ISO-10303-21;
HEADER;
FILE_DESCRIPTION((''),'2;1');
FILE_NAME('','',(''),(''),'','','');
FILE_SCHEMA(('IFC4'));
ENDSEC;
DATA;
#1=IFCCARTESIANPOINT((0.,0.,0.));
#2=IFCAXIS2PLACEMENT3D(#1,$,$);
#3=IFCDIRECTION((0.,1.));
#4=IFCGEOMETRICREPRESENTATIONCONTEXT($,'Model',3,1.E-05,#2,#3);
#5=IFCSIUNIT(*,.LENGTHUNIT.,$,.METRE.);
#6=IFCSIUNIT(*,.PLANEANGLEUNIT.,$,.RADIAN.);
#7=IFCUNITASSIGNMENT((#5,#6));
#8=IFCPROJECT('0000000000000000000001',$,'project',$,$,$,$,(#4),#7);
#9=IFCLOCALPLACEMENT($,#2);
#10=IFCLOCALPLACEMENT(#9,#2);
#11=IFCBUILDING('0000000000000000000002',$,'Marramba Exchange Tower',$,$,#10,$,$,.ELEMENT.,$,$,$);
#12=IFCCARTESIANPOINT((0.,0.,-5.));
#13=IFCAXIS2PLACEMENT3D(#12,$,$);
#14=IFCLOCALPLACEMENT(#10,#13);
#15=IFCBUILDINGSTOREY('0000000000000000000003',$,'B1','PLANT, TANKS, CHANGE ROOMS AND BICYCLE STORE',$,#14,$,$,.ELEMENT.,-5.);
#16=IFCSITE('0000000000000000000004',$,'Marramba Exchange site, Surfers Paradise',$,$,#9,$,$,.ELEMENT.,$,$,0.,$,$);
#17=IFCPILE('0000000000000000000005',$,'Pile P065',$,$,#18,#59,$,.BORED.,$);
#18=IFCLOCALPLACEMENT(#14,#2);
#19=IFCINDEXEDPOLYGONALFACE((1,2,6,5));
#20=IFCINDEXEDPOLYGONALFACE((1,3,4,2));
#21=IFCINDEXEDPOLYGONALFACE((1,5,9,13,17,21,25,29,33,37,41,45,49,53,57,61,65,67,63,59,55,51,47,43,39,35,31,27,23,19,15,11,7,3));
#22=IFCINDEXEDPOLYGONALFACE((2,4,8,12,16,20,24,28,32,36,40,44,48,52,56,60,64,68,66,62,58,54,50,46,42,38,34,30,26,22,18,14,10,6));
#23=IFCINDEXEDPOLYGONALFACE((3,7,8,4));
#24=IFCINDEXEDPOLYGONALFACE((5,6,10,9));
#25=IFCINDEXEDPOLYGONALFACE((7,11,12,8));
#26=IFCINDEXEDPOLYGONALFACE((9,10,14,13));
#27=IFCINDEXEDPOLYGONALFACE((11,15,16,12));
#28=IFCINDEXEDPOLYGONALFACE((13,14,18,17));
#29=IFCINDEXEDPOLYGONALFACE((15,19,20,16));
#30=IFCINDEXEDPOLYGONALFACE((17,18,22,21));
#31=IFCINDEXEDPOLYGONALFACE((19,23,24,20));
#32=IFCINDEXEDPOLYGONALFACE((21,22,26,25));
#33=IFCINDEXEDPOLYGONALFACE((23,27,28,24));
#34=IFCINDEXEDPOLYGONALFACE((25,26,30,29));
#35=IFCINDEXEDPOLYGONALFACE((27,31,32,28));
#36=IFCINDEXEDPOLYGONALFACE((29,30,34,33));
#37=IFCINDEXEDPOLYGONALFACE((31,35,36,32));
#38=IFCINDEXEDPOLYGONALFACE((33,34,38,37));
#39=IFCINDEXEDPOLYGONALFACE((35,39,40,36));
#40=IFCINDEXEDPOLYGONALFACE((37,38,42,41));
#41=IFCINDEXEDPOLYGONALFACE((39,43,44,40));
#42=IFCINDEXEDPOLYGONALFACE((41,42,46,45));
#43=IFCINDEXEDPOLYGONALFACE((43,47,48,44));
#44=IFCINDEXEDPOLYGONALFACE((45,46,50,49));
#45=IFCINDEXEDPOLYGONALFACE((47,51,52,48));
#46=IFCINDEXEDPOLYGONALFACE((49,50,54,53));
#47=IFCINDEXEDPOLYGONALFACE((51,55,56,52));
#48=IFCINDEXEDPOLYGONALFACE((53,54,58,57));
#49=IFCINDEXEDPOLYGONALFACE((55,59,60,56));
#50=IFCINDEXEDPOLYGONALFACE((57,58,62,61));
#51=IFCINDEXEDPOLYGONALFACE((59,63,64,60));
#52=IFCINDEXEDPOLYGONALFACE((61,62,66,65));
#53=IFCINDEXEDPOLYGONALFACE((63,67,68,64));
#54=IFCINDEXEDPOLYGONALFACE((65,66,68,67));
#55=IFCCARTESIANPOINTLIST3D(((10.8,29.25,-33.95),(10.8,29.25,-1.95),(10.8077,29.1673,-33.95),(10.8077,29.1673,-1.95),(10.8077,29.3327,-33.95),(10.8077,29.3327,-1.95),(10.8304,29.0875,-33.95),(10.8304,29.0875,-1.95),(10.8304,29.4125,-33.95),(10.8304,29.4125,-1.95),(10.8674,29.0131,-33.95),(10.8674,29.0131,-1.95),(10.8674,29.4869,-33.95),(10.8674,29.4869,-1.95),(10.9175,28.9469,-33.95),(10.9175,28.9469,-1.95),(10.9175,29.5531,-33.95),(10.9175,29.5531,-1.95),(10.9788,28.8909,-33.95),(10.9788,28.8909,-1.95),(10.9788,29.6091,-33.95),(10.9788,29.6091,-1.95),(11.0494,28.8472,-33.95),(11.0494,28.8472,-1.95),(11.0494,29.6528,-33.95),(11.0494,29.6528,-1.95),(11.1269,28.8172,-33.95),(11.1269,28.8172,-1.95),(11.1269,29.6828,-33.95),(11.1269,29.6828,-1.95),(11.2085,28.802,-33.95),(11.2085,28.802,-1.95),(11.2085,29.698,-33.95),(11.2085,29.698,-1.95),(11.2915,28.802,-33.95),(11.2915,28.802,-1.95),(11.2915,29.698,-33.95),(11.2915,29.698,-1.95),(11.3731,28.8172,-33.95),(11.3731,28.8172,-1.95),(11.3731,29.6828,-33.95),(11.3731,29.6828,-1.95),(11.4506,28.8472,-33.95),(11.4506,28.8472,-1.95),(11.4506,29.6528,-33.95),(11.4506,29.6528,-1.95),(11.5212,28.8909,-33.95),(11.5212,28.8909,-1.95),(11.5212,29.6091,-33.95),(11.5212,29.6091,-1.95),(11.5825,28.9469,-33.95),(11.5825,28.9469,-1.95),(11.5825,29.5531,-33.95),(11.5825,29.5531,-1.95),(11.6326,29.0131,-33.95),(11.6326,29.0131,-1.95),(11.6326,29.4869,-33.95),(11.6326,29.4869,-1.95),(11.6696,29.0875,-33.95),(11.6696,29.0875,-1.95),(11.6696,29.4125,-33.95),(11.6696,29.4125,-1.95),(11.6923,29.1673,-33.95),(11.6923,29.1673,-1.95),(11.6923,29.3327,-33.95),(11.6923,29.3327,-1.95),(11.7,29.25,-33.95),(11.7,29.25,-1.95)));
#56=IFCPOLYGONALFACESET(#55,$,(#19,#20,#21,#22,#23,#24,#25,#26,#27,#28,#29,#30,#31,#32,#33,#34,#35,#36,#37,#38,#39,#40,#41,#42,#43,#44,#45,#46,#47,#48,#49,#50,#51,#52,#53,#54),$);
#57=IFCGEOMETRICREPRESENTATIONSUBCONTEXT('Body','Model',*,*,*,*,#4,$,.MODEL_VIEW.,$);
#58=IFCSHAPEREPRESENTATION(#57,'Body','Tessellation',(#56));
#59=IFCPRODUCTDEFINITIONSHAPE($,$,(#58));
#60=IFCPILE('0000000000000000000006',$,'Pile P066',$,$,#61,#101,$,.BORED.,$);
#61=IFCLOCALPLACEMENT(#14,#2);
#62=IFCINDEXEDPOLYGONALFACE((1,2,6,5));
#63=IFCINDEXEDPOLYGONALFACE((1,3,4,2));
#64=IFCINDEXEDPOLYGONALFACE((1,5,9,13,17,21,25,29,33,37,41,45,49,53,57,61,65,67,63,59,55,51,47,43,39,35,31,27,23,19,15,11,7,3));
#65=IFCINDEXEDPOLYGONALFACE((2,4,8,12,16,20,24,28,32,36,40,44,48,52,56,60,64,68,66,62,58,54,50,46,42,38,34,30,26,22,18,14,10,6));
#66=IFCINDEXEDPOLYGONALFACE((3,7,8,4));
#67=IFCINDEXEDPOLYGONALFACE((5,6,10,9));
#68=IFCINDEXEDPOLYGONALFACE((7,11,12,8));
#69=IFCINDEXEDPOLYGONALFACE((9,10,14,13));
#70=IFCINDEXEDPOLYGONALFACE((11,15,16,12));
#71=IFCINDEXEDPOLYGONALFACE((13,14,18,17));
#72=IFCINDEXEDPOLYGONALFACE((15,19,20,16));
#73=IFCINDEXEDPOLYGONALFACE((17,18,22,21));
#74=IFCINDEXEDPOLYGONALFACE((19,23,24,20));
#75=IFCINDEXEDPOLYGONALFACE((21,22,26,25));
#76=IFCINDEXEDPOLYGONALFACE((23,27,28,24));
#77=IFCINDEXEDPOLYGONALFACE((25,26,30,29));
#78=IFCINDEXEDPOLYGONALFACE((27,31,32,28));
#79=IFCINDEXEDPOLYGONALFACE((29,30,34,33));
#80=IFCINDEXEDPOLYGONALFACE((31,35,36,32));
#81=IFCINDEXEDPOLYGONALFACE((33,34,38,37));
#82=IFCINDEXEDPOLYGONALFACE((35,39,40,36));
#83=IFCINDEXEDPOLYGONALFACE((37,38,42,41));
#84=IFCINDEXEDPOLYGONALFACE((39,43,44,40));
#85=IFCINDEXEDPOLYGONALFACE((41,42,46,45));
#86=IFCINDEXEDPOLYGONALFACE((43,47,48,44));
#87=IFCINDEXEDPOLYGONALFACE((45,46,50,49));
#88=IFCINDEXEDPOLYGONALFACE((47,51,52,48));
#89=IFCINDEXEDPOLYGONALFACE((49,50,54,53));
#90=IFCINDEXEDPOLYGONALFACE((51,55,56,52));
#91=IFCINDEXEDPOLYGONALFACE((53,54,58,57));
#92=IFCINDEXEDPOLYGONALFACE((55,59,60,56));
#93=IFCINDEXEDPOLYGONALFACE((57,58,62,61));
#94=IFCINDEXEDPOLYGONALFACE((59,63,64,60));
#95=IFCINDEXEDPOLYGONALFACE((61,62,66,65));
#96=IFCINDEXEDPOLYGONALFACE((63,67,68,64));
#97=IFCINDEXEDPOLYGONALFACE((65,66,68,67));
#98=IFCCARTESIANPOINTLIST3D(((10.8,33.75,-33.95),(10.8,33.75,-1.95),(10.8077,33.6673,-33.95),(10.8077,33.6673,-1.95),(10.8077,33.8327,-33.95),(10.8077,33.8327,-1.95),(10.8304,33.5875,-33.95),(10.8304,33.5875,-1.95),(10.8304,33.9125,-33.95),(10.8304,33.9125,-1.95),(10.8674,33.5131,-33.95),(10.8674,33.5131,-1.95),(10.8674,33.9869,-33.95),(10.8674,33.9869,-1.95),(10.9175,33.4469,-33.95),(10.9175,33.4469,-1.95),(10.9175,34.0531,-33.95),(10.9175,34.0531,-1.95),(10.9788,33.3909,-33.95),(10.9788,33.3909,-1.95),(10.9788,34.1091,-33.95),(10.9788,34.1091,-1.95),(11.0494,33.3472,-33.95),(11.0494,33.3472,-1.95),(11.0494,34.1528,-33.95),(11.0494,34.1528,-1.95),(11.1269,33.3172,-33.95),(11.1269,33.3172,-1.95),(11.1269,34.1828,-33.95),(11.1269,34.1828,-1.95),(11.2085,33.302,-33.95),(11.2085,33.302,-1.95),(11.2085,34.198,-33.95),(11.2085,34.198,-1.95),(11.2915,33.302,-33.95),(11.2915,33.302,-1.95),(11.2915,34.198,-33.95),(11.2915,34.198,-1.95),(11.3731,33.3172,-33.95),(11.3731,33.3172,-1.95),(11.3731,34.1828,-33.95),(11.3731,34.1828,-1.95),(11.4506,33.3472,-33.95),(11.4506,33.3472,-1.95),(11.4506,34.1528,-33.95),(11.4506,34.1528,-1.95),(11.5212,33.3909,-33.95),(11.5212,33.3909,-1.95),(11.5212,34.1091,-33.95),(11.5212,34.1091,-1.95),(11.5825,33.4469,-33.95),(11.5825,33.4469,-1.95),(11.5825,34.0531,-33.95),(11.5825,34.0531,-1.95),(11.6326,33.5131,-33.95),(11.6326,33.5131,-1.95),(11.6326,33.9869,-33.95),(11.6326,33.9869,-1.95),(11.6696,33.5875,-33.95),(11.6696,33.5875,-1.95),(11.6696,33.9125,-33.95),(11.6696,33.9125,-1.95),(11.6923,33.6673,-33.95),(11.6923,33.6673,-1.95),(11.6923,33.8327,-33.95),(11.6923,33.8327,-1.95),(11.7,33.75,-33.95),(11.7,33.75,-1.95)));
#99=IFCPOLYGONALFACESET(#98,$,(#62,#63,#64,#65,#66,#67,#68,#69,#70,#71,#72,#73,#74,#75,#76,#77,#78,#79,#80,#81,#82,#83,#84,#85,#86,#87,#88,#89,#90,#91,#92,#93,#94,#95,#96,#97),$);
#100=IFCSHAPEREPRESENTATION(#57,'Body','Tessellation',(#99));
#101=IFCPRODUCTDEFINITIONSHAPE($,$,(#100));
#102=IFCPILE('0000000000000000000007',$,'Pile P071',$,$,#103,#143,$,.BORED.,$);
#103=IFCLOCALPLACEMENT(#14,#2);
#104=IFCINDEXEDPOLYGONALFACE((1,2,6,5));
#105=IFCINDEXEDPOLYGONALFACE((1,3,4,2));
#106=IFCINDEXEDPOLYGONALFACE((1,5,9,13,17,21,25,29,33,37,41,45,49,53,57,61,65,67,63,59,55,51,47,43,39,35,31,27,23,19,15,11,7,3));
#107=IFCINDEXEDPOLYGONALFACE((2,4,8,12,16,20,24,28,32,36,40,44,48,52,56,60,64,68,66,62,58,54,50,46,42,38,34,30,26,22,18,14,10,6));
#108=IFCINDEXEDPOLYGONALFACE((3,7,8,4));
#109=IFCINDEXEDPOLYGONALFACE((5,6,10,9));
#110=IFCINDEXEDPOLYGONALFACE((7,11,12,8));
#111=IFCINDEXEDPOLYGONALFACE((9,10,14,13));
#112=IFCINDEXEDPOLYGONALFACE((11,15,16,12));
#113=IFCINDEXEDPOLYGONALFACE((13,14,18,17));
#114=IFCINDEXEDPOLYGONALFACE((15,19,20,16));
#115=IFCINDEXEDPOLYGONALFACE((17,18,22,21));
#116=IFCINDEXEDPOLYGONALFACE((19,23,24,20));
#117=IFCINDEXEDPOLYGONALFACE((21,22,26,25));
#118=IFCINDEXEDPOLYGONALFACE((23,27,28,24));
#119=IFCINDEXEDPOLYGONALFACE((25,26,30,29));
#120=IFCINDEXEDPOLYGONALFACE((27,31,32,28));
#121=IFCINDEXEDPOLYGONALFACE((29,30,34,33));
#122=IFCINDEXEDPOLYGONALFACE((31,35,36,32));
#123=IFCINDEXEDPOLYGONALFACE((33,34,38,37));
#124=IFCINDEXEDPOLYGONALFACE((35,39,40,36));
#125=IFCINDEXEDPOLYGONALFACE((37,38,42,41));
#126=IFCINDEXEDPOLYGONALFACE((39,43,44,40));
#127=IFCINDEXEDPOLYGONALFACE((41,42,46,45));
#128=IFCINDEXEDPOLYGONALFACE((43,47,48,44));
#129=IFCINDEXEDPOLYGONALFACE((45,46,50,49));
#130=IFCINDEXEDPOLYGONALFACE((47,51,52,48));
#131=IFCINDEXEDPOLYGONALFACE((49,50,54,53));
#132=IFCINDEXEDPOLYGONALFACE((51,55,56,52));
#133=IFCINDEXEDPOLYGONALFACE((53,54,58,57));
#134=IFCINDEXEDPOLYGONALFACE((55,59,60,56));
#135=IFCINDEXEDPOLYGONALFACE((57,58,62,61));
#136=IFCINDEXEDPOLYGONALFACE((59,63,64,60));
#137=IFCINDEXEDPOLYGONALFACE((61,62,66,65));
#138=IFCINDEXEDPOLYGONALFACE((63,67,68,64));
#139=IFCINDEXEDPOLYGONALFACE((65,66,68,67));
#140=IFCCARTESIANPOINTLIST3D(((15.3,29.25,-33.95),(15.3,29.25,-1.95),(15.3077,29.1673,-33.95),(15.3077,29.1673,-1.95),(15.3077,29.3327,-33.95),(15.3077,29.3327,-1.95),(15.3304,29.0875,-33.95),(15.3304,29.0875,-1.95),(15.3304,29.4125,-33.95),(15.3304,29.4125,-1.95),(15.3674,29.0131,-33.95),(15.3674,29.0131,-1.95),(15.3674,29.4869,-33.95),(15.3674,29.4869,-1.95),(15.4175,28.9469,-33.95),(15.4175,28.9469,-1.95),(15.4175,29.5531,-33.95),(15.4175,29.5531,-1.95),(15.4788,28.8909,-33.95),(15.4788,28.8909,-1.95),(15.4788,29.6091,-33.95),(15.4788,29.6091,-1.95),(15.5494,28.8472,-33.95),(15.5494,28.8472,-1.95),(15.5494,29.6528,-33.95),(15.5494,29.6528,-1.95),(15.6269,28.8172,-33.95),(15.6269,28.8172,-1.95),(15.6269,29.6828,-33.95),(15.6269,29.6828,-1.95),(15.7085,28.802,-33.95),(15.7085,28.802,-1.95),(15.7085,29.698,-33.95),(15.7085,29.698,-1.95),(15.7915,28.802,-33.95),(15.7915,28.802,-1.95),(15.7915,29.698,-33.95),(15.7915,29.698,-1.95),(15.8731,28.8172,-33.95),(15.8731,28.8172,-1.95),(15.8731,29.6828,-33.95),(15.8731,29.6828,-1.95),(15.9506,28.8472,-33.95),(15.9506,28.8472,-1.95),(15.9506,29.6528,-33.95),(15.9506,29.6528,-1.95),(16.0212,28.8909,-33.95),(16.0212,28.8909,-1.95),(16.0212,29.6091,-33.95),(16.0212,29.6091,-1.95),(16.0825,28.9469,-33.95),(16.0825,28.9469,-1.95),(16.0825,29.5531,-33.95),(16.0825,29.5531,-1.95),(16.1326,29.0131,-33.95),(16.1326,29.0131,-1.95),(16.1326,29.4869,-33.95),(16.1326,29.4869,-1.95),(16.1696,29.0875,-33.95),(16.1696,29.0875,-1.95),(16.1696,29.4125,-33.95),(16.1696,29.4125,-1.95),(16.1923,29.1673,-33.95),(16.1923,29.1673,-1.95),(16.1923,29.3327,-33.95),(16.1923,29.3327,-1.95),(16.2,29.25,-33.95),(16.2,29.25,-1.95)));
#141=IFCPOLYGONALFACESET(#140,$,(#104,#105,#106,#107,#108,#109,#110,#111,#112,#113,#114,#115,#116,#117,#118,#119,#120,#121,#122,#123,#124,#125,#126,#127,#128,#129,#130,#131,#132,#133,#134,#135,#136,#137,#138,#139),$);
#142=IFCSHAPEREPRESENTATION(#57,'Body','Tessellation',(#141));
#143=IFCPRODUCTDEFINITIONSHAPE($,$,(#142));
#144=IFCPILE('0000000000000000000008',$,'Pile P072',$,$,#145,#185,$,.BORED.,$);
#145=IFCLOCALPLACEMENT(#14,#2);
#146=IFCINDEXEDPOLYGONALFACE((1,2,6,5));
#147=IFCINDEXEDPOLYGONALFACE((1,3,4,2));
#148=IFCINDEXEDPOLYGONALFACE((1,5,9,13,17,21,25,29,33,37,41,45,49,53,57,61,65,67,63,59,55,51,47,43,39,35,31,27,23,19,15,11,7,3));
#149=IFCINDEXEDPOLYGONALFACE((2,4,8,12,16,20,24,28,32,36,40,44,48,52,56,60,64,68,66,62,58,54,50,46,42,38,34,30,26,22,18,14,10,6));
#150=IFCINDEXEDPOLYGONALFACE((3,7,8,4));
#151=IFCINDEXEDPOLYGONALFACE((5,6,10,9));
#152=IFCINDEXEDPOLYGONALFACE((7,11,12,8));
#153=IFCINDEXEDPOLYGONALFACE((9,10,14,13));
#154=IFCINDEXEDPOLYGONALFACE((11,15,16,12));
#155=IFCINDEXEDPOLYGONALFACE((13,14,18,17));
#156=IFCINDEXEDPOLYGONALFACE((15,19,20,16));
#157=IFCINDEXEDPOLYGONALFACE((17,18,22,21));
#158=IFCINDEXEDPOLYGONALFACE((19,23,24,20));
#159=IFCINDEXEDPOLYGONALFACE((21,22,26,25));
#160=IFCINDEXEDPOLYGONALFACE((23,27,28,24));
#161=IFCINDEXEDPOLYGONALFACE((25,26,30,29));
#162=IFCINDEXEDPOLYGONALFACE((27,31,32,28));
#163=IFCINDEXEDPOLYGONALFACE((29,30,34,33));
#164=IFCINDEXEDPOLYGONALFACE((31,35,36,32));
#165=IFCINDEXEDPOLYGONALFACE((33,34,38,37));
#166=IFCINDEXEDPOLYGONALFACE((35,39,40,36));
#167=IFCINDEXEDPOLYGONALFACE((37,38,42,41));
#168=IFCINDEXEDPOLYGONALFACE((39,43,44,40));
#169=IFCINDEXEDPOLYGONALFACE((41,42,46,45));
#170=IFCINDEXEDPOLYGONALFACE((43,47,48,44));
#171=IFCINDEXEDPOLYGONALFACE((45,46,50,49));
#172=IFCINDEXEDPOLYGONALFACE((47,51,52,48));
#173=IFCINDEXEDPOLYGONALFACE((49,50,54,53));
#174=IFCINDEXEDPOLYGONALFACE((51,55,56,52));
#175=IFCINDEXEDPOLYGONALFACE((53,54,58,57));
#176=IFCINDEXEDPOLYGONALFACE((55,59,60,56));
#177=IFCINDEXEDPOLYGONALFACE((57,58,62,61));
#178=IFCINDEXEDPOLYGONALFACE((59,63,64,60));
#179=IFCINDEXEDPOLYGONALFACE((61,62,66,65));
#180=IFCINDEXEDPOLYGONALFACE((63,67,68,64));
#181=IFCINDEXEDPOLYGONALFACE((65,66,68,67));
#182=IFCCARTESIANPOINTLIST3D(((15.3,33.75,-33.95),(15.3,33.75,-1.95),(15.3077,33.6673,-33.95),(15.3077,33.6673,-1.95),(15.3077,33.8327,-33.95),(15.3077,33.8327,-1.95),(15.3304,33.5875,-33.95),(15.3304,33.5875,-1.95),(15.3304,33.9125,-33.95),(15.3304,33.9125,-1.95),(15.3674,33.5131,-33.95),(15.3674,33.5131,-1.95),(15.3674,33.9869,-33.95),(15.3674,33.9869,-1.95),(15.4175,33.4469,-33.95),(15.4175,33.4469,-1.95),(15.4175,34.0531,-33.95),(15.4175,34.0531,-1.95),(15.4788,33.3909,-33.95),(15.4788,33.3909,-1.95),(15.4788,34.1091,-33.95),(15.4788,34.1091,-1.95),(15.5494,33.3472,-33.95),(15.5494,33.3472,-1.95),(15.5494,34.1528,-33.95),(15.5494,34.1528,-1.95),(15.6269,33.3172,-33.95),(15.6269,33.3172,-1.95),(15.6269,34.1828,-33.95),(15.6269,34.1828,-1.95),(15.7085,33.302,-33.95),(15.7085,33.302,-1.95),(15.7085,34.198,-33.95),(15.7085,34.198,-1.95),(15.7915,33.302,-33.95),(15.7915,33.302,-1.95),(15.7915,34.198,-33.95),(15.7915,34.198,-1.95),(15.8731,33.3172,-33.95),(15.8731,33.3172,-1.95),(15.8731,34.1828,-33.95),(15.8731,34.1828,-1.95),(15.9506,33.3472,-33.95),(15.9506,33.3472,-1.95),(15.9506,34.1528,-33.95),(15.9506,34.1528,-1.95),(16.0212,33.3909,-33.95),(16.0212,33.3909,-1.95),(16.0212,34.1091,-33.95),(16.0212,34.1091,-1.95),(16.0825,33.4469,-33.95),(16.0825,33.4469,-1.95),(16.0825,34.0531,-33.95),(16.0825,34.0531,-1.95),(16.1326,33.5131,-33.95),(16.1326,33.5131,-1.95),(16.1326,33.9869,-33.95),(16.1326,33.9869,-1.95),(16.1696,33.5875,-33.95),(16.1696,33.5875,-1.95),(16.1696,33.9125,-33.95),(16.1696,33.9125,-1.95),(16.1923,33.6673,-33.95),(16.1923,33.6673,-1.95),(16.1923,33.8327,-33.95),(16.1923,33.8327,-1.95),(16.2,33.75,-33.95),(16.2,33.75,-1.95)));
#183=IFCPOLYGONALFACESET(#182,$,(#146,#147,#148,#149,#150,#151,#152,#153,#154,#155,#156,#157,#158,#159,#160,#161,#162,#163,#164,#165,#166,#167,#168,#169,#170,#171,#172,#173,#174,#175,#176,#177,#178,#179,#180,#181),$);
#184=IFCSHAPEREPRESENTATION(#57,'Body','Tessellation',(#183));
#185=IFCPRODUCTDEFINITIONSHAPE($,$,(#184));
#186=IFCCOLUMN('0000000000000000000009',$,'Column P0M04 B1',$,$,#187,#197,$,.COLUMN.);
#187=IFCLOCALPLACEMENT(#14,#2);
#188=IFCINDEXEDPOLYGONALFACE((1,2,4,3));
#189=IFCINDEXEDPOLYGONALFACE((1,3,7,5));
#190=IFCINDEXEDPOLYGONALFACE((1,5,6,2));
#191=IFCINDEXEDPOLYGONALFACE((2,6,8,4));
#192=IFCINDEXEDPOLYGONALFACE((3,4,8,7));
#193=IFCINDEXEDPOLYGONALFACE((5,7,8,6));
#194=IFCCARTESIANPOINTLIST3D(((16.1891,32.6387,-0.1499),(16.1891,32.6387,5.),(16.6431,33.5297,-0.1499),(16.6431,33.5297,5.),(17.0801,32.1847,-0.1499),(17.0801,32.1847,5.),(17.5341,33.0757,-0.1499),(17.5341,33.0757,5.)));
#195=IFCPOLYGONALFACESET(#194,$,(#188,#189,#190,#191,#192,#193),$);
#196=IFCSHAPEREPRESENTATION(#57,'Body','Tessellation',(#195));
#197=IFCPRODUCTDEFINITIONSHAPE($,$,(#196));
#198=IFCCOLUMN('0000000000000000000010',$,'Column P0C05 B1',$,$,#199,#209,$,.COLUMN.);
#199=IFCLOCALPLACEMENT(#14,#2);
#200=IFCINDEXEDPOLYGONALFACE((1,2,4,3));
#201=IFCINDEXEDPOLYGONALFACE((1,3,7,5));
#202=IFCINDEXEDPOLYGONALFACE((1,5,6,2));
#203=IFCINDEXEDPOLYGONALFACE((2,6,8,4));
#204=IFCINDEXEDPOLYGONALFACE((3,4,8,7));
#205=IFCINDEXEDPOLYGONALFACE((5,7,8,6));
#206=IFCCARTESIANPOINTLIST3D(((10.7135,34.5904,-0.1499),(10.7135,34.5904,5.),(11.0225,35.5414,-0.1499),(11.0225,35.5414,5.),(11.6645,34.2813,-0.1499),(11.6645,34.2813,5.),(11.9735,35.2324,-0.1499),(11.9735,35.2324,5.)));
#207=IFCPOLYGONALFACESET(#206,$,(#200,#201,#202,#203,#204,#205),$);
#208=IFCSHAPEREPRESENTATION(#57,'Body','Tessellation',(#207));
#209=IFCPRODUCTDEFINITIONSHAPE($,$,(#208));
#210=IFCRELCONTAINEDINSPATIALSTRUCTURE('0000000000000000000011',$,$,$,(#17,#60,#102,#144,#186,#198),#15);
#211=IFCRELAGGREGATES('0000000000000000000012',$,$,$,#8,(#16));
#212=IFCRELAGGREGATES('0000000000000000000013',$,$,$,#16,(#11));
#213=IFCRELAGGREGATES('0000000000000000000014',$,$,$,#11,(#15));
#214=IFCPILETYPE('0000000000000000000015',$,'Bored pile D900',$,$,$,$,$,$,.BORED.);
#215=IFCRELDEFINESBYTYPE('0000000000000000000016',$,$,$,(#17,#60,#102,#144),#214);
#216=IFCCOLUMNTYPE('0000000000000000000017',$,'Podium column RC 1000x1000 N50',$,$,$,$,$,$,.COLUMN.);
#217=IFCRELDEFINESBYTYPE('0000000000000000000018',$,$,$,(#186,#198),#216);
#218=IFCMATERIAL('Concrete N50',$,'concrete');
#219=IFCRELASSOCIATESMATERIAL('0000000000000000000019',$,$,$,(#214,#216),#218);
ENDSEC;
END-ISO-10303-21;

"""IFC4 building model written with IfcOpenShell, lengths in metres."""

from ifc_helpers import new_model, si_unit, direction, frame, origin, origin_2d, place, context, subcontext, project, spatial, rectangle, circle, extrude, material, material_profile, profile_set, type_object, element, save


model = new_model("IFC4")

# Units and contexts
model_context = context("Model", 3, precision=1e-05, world=origin(), true_north=direction((0.0, 1.0)))
body_context = subcontext(model_context, "Body", "Model", "MODEL_VIEW")
ifc_project = project(units=[si_unit("LENGTHUNIT", "METRE"), si_unit("PLANEANGLEUNIT", "RADIAN")], contexts=[model_context])

# Site, building, storey
site_placement = place(None, origin())
site = spatial("IfcSite", under=ifc_project, at=site_placement, Name="Marramba Exchange site, Surfers Paradise", CompositionType="ELEMENT", RefElevation=0.0)
building_placement = place(site_placement, origin())
building = spatial("IfcBuilding", under=site, at=building_placement, Name="Marramba Exchange Tower", CompositionType="ELEMENT")
storey_placement = place(building_placement, frame((0.0, 0.0, -5.0)))
storey = spatial("IfcBuildingStorey", under=building, at=storey_placement, Name="B1", Description="PLANT, TANKS, CHANGE ROOMS AND BICYCLE STORE", CompositionType="ELEMENT", Elevation=-5.0)

# Piles
ifc_material_1 = material(Name="Concrete N50", Category="concrete")
ifc_material_profile_1 = material_profile(ifc_material_1, circle(Radius=0.45, at=origin_2d()), Name="BP D900")
ifc_profile_set_1 = profile_set([ifc_material_profile_1], Name="Concrete N50")
pile_type = type_object("IfcPileType", Name="Bored pile D900", PredefinedType="BORED", material=ifc_profile_set_1)
for number, where, z_axis, x_axis, name in (
    (1, (11.25, 29.25, -1.95), (0.0, 0.0, -1.0), (1.0, 0.0, 0.0), "Pile P065"),
    (2, (11.25, 33.75, -1.95), (0.0, 0.0, -1.0), (1.0, 0.0, 0.0), "Pile P066"),
    (3, (15.75, 29.25, -1.95), (0.0, 0.0, -1.0), (1.0, 0.0, 0.0), "Pile P071"),
    (4, (15.75, 33.75, -1.95), (0.0, 0.0, -1.0), (1.0, 0.0, 0.0), "Pile P072"),
):
    element("IfcPile", number, at=place(storey_placement, frame(where, z_axis=z_axis, x_axis=x_axis)), inside=storey, type_object=pile_type, Name=name, PredefinedType="BORED", context=body_context, shape_type="SweptSolid", body=[
        extrude(circle(Radius=0.45, at=origin_2d()), origin(), (0.0, 0.0, 1.0), 32.0),
    ])

# Columns
ifc_material_profile_2 = material_profile(ifc_material_1, rectangle(XDim=1.0, YDim=1.0, at=origin_2d()), Name="RC 1000x1000")
ifc_profile_set_2 = profile_set([ifc_material_profile_2], Name="Concrete N50")
column_type = type_object("IfcColumnType", Name="Podium column RC 1000x1000 N50", PredefinedType="COLUMN", material=ifc_profile_set_2)
for number, where, z_axis, x_axis, name in (
    (5, (16.8616, 32.8572, -0.1499), (0.0, 0.0, 1.0), (0.45399, 0.891007, 0.0), "Column P0M04 B1"),
    (6, (11.3435, 34.9114, -0.1499), (0.0, 0.0, 1.0), (0.309017, 0.951057, 0.0), "Column P0C05 B1"),
):
    element("IfcColumn", number, at=place(storey_placement, frame(where, z_axis=z_axis, x_axis=x_axis)), inside=storey, type_object=column_type, Name=name, PredefinedType="COLUMN", context=body_context, shape_type="SweptSolid", body=[
        extrude(rectangle(XDim=1.0, YDim=1.0, at=origin_2d()), origin(), (0.0, 0.0, 1.0), 5.1499),
    ])

save(model, "model.ifc")
